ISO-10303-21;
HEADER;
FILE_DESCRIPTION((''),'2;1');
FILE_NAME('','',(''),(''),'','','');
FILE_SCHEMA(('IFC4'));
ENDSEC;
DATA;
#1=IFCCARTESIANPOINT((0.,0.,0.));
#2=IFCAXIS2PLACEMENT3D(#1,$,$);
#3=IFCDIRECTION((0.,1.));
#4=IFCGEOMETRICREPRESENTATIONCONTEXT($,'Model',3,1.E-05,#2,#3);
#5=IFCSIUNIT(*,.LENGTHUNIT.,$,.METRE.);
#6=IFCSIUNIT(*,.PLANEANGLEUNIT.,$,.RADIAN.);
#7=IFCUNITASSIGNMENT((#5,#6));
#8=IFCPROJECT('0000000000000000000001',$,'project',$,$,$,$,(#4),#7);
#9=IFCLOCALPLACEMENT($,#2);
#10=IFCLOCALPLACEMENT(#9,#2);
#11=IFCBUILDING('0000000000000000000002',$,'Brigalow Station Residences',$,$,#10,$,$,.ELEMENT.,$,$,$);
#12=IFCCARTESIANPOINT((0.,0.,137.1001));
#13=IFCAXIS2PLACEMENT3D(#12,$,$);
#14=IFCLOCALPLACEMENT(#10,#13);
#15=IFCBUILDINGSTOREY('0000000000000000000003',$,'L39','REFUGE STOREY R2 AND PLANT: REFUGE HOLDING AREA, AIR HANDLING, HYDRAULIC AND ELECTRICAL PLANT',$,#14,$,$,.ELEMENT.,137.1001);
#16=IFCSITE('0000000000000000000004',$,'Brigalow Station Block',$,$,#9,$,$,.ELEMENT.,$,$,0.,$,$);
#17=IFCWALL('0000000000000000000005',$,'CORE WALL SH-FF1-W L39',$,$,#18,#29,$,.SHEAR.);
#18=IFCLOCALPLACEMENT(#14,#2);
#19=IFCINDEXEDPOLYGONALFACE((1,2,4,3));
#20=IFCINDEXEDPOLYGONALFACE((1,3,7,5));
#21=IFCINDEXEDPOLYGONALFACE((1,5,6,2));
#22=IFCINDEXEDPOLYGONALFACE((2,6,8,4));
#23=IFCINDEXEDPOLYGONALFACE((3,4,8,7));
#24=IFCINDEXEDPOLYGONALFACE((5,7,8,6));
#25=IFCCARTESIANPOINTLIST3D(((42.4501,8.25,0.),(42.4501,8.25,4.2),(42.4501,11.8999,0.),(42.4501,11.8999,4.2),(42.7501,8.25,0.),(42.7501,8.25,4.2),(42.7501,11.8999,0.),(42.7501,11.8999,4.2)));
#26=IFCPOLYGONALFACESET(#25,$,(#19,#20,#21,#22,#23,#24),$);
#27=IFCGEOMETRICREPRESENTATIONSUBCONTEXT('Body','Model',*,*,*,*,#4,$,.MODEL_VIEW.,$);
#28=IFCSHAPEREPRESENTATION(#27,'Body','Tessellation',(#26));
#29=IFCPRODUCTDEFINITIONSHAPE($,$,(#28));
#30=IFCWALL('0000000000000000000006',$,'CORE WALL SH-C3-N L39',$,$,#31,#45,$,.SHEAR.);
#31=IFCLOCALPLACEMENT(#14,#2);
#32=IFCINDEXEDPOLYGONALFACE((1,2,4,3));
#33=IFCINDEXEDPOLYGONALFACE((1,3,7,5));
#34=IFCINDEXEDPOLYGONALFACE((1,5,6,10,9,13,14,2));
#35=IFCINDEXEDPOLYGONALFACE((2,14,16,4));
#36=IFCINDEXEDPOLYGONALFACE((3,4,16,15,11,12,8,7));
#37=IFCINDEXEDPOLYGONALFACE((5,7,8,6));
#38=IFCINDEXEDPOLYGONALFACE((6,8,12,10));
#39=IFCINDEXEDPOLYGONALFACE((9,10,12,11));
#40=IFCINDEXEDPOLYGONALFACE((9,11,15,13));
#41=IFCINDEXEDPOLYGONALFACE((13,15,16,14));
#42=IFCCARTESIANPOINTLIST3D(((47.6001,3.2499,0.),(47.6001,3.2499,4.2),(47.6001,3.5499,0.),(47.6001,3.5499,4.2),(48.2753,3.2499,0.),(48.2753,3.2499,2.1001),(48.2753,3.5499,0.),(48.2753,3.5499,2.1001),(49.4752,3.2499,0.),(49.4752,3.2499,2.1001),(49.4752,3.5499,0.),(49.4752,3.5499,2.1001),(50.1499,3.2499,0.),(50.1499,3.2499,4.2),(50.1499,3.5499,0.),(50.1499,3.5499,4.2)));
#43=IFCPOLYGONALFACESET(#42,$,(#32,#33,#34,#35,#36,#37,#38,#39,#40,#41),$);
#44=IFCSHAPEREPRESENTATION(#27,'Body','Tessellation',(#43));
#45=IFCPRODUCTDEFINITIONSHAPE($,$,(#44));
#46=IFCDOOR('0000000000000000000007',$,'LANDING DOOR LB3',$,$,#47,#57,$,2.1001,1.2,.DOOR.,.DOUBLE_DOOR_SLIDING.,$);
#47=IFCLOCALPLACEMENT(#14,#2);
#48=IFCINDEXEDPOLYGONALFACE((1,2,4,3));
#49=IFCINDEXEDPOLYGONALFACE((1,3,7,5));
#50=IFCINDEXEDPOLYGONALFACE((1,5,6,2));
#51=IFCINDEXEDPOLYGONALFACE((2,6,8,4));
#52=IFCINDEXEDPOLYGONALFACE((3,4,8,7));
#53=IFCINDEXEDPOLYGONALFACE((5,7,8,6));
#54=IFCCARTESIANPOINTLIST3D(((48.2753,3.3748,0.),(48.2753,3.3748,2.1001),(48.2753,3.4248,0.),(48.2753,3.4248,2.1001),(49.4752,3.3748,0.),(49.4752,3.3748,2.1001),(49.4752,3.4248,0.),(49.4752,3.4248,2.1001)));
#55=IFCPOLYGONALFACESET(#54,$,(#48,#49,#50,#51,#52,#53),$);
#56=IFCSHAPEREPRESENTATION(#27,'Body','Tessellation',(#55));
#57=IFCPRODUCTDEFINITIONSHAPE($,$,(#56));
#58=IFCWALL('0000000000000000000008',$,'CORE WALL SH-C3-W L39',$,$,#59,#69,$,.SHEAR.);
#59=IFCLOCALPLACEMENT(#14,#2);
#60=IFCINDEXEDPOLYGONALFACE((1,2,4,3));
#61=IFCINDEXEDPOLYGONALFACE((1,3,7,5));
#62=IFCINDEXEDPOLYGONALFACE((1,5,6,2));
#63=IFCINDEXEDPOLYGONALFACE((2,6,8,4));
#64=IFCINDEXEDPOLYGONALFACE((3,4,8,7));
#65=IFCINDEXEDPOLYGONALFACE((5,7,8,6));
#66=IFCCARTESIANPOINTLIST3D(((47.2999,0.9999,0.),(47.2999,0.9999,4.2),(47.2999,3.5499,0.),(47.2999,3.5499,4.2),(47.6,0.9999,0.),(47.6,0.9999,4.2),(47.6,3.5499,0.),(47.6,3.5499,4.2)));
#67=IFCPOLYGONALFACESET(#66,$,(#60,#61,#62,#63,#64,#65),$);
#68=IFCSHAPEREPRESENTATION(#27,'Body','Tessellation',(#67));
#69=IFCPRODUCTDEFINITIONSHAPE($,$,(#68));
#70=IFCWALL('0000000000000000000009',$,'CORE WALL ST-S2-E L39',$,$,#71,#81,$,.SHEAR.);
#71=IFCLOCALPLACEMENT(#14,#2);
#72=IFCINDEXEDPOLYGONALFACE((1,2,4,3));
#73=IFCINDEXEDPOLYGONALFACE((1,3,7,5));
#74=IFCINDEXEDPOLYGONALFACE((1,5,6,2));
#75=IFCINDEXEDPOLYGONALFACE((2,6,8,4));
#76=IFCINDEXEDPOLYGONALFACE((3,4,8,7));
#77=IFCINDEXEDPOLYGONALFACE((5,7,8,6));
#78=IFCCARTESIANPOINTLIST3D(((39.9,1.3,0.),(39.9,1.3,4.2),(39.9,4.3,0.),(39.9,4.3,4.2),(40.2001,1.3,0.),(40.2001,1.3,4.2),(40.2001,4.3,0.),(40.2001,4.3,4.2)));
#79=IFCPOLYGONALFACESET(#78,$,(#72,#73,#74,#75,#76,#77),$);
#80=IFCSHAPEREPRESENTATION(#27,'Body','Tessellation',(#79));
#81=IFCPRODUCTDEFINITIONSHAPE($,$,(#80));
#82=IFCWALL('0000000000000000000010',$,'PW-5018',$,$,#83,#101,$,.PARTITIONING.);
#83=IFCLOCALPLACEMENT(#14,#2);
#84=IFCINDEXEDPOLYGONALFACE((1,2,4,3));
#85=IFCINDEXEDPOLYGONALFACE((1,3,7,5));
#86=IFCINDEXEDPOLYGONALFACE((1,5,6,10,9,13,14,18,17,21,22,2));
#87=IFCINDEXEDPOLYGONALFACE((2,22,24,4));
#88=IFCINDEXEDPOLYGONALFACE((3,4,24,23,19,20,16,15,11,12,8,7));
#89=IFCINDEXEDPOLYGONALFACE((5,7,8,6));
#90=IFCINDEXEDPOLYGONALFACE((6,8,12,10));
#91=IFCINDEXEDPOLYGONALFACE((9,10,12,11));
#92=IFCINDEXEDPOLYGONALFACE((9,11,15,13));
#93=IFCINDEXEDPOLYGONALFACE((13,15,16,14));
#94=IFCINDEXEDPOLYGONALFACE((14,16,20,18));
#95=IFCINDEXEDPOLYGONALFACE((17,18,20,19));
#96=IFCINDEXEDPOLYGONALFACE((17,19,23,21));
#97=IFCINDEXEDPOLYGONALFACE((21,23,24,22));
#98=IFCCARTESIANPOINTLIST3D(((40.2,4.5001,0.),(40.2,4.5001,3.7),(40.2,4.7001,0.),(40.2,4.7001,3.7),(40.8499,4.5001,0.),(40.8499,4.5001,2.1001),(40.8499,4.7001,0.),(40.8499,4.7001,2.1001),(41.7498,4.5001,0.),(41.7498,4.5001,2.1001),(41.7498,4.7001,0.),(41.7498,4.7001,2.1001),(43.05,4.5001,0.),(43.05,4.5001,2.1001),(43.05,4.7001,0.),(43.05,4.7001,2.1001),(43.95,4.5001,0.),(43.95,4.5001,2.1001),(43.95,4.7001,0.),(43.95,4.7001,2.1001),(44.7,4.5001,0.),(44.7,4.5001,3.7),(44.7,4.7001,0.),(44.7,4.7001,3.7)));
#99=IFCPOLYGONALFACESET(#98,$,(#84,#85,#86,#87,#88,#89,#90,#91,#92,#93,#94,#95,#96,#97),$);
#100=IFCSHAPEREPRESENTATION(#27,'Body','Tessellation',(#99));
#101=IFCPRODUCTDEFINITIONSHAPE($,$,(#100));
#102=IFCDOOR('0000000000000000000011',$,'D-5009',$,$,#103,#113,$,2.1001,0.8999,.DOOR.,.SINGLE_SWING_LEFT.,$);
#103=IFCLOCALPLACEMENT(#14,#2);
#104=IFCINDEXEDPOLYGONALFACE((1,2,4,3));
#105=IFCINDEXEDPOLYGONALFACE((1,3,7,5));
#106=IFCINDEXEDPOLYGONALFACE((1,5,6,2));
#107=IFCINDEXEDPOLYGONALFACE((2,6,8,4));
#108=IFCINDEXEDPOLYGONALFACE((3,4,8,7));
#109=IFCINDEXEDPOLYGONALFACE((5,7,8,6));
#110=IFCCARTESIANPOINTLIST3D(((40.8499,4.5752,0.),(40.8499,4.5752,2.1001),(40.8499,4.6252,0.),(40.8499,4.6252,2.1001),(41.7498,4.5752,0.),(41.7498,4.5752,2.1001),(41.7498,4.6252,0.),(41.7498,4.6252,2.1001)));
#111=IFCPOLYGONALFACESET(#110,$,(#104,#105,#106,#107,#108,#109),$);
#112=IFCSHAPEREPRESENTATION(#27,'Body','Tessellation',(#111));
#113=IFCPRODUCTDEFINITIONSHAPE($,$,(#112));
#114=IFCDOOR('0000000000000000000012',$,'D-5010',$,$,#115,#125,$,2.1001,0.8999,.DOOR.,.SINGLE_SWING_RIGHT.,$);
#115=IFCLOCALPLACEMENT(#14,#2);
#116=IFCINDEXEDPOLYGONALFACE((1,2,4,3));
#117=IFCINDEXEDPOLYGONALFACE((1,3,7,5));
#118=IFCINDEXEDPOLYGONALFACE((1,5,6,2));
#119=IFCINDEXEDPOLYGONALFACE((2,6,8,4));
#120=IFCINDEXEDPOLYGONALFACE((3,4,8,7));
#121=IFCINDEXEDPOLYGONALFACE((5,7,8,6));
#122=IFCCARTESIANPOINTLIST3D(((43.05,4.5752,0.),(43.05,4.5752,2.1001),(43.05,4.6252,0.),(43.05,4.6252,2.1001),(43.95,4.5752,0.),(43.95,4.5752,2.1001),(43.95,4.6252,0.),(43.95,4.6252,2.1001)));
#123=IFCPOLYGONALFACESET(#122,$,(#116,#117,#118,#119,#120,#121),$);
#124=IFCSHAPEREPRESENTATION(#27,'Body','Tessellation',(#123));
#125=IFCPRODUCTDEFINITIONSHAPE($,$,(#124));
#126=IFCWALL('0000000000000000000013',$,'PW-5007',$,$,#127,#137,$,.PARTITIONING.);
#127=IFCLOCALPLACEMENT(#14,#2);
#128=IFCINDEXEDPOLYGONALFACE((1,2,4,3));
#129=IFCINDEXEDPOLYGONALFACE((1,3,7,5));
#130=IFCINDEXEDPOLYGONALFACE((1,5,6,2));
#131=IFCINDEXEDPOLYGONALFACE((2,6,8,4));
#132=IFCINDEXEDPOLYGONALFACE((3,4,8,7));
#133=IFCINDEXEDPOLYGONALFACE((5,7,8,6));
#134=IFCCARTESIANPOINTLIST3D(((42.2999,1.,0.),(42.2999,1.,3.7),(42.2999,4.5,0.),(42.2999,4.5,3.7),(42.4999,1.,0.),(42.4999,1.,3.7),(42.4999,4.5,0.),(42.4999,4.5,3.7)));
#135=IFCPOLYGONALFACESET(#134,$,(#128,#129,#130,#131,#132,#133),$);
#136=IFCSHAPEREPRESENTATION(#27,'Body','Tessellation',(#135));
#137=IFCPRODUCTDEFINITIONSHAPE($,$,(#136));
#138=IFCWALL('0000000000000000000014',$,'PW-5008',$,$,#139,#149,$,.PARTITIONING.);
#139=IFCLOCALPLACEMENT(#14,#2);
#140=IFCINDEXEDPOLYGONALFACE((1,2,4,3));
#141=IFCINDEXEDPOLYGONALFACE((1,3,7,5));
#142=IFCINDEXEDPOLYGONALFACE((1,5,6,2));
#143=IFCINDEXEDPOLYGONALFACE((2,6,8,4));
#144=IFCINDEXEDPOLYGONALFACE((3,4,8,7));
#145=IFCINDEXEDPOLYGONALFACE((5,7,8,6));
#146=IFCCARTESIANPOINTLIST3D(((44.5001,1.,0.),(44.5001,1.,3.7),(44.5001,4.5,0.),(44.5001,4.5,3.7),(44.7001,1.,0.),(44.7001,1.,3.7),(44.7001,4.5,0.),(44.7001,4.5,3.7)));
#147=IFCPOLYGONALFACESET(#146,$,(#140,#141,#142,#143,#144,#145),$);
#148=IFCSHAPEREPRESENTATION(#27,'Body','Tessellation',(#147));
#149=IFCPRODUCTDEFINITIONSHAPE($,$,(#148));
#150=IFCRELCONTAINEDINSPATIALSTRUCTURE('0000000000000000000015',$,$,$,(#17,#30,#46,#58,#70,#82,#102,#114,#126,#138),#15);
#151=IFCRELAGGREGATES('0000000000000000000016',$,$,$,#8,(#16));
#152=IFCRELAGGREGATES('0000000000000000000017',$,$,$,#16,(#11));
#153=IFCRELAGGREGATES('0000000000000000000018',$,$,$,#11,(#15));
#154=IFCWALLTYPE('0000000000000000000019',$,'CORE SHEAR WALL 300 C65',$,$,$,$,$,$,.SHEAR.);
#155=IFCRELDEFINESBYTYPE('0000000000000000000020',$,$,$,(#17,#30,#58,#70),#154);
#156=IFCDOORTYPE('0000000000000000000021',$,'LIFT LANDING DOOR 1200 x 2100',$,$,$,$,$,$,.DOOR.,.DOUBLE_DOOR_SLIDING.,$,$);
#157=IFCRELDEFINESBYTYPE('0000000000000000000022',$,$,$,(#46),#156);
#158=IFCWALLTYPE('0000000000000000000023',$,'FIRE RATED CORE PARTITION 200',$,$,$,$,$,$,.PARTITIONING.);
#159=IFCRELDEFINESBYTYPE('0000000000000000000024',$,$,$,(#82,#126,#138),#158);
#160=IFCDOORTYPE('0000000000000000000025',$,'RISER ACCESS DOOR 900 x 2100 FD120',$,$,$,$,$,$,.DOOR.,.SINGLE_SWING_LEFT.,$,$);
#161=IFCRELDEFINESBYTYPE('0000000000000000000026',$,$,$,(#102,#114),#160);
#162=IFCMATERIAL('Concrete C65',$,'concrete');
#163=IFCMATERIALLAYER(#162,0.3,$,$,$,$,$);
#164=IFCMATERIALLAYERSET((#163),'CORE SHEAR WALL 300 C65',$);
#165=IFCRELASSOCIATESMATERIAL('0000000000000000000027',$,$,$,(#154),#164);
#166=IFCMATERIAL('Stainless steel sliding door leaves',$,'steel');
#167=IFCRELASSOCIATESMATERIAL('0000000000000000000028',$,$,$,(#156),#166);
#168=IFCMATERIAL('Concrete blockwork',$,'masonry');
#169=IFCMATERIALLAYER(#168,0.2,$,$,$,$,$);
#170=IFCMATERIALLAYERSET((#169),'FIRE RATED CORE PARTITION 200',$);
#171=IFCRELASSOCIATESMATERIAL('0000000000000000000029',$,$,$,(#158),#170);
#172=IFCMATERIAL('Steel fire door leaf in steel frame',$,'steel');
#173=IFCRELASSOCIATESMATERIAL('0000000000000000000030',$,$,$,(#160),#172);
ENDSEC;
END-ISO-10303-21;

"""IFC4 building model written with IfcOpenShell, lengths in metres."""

from ifc_helpers import new_model, si_unit, direction, frame, frame_2d, origin, place, context, subcontext, project, spatial, rectangle, extrude, material, layer, layer_set, type_object, element, fill, save


model = new_model("IFC4")

# Units and contexts
model_context = context("Model", 3, precision=1e-05, world=origin(), true_north=direction((0.0, 1.0)))
body_context = subcontext(model_context, "Body", "Model", "MODEL_VIEW")
ifc_project = project(units=[si_unit("LENGTHUNIT", "METRE"), si_unit("PLANEANGLEUNIT", "RADIAN")], contexts=[model_context])

# Site, building, storey
site_placement = place(None, origin())
site = spatial("IfcSite", under=ifc_project, at=site_placement, Name="Brigalow Station Block", CompositionType="ELEMENT", RefElevation=0.0)
building_placement = place(site_placement, origin())
building = spatial("IfcBuilding", under=site, at=building_placement, Name="Brigalow Station Residences", CompositionType="ELEMENT")
storey_placement = place(building_placement, frame((0.0, 0.0, 137.1001)))
storey = spatial("IfcBuildingStorey", under=building, at=storey_placement, Name="L39", Description="REFUGE STOREY R2 AND PLANT: REFUGE HOLDING AREA, AIR HANDLING, HYDRAULIC AND ELECTRICAL PLANT", CompositionType="ELEMENT", Elevation=137.1001)

# Wall
ifc_material_1 = material(Name="Concrete C65", Category="concrete")
ifc_layer_1 = layer(ifc_material_1, 0.3)
ifc_layer_set_1 = layer_set([ifc_layer_1], Name="CORE SHEAR WALL 300 C65")
wall_type_1 = type_object("IfcWallType", Name="CORE SHEAR WALL 300 C65", PredefinedType="SHEAR", material=ifc_layer_set_1)
wall_1_placement = place(storey_placement, frame((42.6001, 8.25, 0.0), z_axis=(0.0, 0.0, 1.0), x_axis=(0.0, 1.0, 0.0)))
element("IfcWall", 1, at=wall_1_placement, inside=storey, type_object=wall_type_1, Name="CORE WALL SH-FF1-W L39", PredefinedType="SHEAR", context=body_context, shape_type="SweptSolid", body=[
    extrude(rectangle(XDim=3.6499, YDim=0.3, at=frame_2d((1.825, 0.0))), origin(), (0.0, 0.0, 1.0), 4.2),
])

# Wall, opening, door
wall_2_placement = place(storey_placement, frame((47.6001, 3.3999, 0.0), z_axis=(0.0, 0.0, 1.0), x_axis=(1.0, 0.0, 0.0)))
wall_2 = element("IfcWall", 2, at=wall_2_placement, inside=storey, type_object=wall_type_1, Name="CORE WALL SH-C3-N L39", PredefinedType="SHEAR", context=body_context, shape_type="SweptSolid", body=[
    extrude(rectangle(XDim=2.5498, YDim=0.3, at=frame_2d((1.2749, 0.0))), origin(), (0.0, 0.0, 1.0), 4.2),
])
opening_1_placement = place(wall_2_placement, frame((0.675, 0.0, 0.0)))
opening_1 = element("IfcOpeningElement", 3, at=opening_1_placement, cuts=wall_2, PredefinedType="OPENING", context=body_context, shape_type="SweptSolid", body=[
    extrude(rectangle(XDim=1.2, YDim=2.1001, at=frame_2d((0.6001, 1.05))), frame((0.0, 0.1602, 0.0), z_axis=(0.0, -1.0, 0.0), x_axis=(1.0, 0.0, 0.0)), (0.0, 0.0, 1.0), 0.3201),
])
ifc_material_2 = material(Name="Stainless steel sliding door leaves", Category="steel")
door_type_1 = type_object("IfcDoorType", Name="LIFT LANDING DOOR 1200 x 2100", OperationType="DOUBLE_DOOR_SLIDING", PredefinedType="DOOR", material=ifc_material_2)
door_1_placement = place(opening_1_placement, origin())
door_1 = element("IfcDoor", 4, at=door_1_placement, inside=storey, type_object=door_type_1, Name="LANDING DOOR LB3", OperationType="DOUBLE_DOOR_SLIDING", OverallHeight=2.1001, OverallWidth=1.2, PredefinedType="DOOR", context=body_context, shape_type="SweptSolid", body=[
    extrude(rectangle(XDim=1.2, YDim=2.1001, at=frame_2d((0.6001, 1.05))), frame((0.0, 0.0249, 0.0), z_axis=(0.0, -1.0, 0.0), x_axis=(1.0, 0.0, 0.0)), (0.0, 0.0, 1.0), 0.05),
])
fill(opening_1, door_1)

# Walls
wall_3_placement = place(storey_placement, frame((47.45, 1.0, 0.0), z_axis=(0.0, 0.0, 1.0), x_axis=(0.0, 1.0, 0.0)))
element("IfcWall", 5, at=wall_3_placement, inside=storey, type_object=wall_type_1, Name="CORE WALL SH-C3-W L39", PredefinedType="SHEAR", context=body_context, shape_type="SweptSolid", body=[
    extrude(rectangle(XDim=2.55, YDim=0.3, at=frame_2d((1.2749, 0.0))), origin(), (0.0, 0.0, 1.0), 4.2),
])
wall_4_placement = place(storey_placement, frame((40.05, 1.3, 0.0), z_axis=(0.0, 0.0, 1.0), x_axis=(0.0, 1.0, 0.0)))
element("IfcWall", 6, at=wall_4_placement, inside=storey, type_object=wall_type_1, Name="CORE WALL ST-S2-E L39", PredefinedType="SHEAR", context=body_context, shape_type="SweptSolid", body=[
    extrude(rectangle(XDim=3.0, YDim=0.3, at=frame_2d((1.5, 0.0))), origin(), (0.0, 0.0, 1.0), 4.2),
])

# Wall, openings, doors
ifc_material_3 = material(Name="Concrete blockwork", Category="masonry")
ifc_layer_2 = layer(ifc_material_3, 0.2)
ifc_layer_set_2 = layer_set([ifc_layer_2], Name="FIRE RATED CORE PARTITION 200")
wall_type_2 = type_object("IfcWallType", Name="FIRE RATED CORE PARTITION 200", PredefinedType="PARTITIONING", material=ifc_layer_set_2)
wall_5_placement = place(storey_placement, frame((40.2, 4.6001, 0.0), z_axis=(0.0, 0.0, 1.0), x_axis=(1.0, 0.0, 0.0)))
wall_5 = element("IfcWall", 7, at=wall_5_placement, inside=storey, type_object=wall_type_2, Name="PW-5018", PredefinedType="PARTITIONING", context=body_context, shape_type="SweptSolid", body=[
    extrude(rectangle(XDim=4.5, YDim=0.2, at=frame_2d((2.25, 0.0))), origin(), (0.0, 0.0, 1.0), 3.7),
])
opening_2_placement = place(wall_5_placement, frame((0.6499, 0.0, 0.0)))
opening_2 = element("IfcOpeningElement", 8, at=opening_2_placement, cuts=wall_5, PredefinedType="OPENING", context=body_context, shape_type="SweptSolid", body=[
    extrude(rectangle(XDim=0.8999, YDim=2.1001, at=frame_2d((0.45, 1.05))), frame((0.0, 0.1099, 0.0), z_axis=(0.0, -1.0, 0.0), x_axis=(1.0, 0.0, 0.0)), (0.0, 0.0, 1.0), 0.22),
])
opening_3_placement = place(wall_5_placement, frame((2.8501, 0.0, 0.0)))
opening_3 = element("IfcOpeningElement", 9, at=opening_3_placement, cuts=wall_5, PredefinedType="OPENING", context=body_context, shape_type="SweptSolid", body=[
    extrude(rectangle(XDim=0.8999, YDim=2.1001, at=frame_2d((0.45, 1.05))), frame((0.0, 0.1099, 0.0), z_axis=(0.0, -1.0, 0.0), x_axis=(1.0, 0.0, 0.0)), (0.0, 0.0, 1.0), 0.22),
])
ifc_material_4 = material(Name="Steel fire door leaf in steel frame", Category="steel")
door_type_2 = type_object("IfcDoorType", Name="RISER ACCESS DOOR 900 x 2100 FD120", OperationType="SINGLE_SWING_LEFT", PredefinedType="DOOR", material=ifc_material_4)
door_2_placement = place(opening_2_placement, frame((0.8999, 0.0, 0.0), z_axis=(0.0, 0.0, 1.0), x_axis=(-1.0, 0.0, 0.0)))
door_2 = element("IfcDoor", 10, at=door_2_placement, inside=storey, type_object=door_type_2, Name="D-5009", OperationType="SINGLE_SWING_LEFT", OverallHeight=2.1001, OverallWidth=0.8999, PredefinedType="DOOR", context=body_context, shape_type="SweptSolid", body=[
    extrude(rectangle(XDim=0.8999, YDim=2.1001, at=frame_2d((0.45, 1.05))), frame((0.0, 0.0249, 0.0), z_axis=(0.0, -1.0, 0.0), x_axis=(1.0, 0.0, 0.0)), (0.0, 0.0, 1.0), 0.05),
])
fill(opening_2, door_2)
door_3_placement = place(opening_3_placement, frame((0.8999, 0.0, 0.0), z_axis=(0.0, 0.0, 1.0), x_axis=(-1.0, 0.0, 0.0)))
door_3 = element("IfcDoor", 11, at=door_3_placement, inside=storey, type_object=door_type_2, Name="D-5010", OperationType="SINGLE_SWING_RIGHT", OverallHeight=2.1001, OverallWidth=0.8999, PredefinedType="DOOR", context=body_context, shape_type="SweptSolid", body=[
    extrude(rectangle(XDim=0.8999, YDim=2.1001, at=frame_2d((0.45, 1.05))), frame((0.0, 0.0249, 0.0), z_axis=(0.0, -1.0, 0.0), x_axis=(1.0, 0.0, 0.0)), (0.0, 0.0, 1.0), 0.05),
])
fill(opening_3, door_3)

# Walls
for number, where, z_axis, x_axis, name in (
    (12, (42.3999, 1.0, 0.0), (0.0, 0.0, 1.0), (0.0, 1.0, 0.0), "PW-5007"),
    (13, (44.6001, 1.0, 0.0), (0.0, 0.0, 1.0), (0.0, 1.0, 0.0), "PW-5008"),
):
    element("IfcWall", number, at=place(storey_placement, frame(where, z_axis=z_axis, x_axis=x_axis)), inside=storey, type_object=wall_type_2, Name=name, PredefinedType="PARTITIONING", context=body_context, shape_type="SweptSolid", body=[
        extrude(rectangle(XDim=3.5, YDim=0.2, at=frame_2d((1.75, 0.0))), origin(), (0.0, 0.0, 1.0), 3.7),
    ])

save(model, "model.ifc")
